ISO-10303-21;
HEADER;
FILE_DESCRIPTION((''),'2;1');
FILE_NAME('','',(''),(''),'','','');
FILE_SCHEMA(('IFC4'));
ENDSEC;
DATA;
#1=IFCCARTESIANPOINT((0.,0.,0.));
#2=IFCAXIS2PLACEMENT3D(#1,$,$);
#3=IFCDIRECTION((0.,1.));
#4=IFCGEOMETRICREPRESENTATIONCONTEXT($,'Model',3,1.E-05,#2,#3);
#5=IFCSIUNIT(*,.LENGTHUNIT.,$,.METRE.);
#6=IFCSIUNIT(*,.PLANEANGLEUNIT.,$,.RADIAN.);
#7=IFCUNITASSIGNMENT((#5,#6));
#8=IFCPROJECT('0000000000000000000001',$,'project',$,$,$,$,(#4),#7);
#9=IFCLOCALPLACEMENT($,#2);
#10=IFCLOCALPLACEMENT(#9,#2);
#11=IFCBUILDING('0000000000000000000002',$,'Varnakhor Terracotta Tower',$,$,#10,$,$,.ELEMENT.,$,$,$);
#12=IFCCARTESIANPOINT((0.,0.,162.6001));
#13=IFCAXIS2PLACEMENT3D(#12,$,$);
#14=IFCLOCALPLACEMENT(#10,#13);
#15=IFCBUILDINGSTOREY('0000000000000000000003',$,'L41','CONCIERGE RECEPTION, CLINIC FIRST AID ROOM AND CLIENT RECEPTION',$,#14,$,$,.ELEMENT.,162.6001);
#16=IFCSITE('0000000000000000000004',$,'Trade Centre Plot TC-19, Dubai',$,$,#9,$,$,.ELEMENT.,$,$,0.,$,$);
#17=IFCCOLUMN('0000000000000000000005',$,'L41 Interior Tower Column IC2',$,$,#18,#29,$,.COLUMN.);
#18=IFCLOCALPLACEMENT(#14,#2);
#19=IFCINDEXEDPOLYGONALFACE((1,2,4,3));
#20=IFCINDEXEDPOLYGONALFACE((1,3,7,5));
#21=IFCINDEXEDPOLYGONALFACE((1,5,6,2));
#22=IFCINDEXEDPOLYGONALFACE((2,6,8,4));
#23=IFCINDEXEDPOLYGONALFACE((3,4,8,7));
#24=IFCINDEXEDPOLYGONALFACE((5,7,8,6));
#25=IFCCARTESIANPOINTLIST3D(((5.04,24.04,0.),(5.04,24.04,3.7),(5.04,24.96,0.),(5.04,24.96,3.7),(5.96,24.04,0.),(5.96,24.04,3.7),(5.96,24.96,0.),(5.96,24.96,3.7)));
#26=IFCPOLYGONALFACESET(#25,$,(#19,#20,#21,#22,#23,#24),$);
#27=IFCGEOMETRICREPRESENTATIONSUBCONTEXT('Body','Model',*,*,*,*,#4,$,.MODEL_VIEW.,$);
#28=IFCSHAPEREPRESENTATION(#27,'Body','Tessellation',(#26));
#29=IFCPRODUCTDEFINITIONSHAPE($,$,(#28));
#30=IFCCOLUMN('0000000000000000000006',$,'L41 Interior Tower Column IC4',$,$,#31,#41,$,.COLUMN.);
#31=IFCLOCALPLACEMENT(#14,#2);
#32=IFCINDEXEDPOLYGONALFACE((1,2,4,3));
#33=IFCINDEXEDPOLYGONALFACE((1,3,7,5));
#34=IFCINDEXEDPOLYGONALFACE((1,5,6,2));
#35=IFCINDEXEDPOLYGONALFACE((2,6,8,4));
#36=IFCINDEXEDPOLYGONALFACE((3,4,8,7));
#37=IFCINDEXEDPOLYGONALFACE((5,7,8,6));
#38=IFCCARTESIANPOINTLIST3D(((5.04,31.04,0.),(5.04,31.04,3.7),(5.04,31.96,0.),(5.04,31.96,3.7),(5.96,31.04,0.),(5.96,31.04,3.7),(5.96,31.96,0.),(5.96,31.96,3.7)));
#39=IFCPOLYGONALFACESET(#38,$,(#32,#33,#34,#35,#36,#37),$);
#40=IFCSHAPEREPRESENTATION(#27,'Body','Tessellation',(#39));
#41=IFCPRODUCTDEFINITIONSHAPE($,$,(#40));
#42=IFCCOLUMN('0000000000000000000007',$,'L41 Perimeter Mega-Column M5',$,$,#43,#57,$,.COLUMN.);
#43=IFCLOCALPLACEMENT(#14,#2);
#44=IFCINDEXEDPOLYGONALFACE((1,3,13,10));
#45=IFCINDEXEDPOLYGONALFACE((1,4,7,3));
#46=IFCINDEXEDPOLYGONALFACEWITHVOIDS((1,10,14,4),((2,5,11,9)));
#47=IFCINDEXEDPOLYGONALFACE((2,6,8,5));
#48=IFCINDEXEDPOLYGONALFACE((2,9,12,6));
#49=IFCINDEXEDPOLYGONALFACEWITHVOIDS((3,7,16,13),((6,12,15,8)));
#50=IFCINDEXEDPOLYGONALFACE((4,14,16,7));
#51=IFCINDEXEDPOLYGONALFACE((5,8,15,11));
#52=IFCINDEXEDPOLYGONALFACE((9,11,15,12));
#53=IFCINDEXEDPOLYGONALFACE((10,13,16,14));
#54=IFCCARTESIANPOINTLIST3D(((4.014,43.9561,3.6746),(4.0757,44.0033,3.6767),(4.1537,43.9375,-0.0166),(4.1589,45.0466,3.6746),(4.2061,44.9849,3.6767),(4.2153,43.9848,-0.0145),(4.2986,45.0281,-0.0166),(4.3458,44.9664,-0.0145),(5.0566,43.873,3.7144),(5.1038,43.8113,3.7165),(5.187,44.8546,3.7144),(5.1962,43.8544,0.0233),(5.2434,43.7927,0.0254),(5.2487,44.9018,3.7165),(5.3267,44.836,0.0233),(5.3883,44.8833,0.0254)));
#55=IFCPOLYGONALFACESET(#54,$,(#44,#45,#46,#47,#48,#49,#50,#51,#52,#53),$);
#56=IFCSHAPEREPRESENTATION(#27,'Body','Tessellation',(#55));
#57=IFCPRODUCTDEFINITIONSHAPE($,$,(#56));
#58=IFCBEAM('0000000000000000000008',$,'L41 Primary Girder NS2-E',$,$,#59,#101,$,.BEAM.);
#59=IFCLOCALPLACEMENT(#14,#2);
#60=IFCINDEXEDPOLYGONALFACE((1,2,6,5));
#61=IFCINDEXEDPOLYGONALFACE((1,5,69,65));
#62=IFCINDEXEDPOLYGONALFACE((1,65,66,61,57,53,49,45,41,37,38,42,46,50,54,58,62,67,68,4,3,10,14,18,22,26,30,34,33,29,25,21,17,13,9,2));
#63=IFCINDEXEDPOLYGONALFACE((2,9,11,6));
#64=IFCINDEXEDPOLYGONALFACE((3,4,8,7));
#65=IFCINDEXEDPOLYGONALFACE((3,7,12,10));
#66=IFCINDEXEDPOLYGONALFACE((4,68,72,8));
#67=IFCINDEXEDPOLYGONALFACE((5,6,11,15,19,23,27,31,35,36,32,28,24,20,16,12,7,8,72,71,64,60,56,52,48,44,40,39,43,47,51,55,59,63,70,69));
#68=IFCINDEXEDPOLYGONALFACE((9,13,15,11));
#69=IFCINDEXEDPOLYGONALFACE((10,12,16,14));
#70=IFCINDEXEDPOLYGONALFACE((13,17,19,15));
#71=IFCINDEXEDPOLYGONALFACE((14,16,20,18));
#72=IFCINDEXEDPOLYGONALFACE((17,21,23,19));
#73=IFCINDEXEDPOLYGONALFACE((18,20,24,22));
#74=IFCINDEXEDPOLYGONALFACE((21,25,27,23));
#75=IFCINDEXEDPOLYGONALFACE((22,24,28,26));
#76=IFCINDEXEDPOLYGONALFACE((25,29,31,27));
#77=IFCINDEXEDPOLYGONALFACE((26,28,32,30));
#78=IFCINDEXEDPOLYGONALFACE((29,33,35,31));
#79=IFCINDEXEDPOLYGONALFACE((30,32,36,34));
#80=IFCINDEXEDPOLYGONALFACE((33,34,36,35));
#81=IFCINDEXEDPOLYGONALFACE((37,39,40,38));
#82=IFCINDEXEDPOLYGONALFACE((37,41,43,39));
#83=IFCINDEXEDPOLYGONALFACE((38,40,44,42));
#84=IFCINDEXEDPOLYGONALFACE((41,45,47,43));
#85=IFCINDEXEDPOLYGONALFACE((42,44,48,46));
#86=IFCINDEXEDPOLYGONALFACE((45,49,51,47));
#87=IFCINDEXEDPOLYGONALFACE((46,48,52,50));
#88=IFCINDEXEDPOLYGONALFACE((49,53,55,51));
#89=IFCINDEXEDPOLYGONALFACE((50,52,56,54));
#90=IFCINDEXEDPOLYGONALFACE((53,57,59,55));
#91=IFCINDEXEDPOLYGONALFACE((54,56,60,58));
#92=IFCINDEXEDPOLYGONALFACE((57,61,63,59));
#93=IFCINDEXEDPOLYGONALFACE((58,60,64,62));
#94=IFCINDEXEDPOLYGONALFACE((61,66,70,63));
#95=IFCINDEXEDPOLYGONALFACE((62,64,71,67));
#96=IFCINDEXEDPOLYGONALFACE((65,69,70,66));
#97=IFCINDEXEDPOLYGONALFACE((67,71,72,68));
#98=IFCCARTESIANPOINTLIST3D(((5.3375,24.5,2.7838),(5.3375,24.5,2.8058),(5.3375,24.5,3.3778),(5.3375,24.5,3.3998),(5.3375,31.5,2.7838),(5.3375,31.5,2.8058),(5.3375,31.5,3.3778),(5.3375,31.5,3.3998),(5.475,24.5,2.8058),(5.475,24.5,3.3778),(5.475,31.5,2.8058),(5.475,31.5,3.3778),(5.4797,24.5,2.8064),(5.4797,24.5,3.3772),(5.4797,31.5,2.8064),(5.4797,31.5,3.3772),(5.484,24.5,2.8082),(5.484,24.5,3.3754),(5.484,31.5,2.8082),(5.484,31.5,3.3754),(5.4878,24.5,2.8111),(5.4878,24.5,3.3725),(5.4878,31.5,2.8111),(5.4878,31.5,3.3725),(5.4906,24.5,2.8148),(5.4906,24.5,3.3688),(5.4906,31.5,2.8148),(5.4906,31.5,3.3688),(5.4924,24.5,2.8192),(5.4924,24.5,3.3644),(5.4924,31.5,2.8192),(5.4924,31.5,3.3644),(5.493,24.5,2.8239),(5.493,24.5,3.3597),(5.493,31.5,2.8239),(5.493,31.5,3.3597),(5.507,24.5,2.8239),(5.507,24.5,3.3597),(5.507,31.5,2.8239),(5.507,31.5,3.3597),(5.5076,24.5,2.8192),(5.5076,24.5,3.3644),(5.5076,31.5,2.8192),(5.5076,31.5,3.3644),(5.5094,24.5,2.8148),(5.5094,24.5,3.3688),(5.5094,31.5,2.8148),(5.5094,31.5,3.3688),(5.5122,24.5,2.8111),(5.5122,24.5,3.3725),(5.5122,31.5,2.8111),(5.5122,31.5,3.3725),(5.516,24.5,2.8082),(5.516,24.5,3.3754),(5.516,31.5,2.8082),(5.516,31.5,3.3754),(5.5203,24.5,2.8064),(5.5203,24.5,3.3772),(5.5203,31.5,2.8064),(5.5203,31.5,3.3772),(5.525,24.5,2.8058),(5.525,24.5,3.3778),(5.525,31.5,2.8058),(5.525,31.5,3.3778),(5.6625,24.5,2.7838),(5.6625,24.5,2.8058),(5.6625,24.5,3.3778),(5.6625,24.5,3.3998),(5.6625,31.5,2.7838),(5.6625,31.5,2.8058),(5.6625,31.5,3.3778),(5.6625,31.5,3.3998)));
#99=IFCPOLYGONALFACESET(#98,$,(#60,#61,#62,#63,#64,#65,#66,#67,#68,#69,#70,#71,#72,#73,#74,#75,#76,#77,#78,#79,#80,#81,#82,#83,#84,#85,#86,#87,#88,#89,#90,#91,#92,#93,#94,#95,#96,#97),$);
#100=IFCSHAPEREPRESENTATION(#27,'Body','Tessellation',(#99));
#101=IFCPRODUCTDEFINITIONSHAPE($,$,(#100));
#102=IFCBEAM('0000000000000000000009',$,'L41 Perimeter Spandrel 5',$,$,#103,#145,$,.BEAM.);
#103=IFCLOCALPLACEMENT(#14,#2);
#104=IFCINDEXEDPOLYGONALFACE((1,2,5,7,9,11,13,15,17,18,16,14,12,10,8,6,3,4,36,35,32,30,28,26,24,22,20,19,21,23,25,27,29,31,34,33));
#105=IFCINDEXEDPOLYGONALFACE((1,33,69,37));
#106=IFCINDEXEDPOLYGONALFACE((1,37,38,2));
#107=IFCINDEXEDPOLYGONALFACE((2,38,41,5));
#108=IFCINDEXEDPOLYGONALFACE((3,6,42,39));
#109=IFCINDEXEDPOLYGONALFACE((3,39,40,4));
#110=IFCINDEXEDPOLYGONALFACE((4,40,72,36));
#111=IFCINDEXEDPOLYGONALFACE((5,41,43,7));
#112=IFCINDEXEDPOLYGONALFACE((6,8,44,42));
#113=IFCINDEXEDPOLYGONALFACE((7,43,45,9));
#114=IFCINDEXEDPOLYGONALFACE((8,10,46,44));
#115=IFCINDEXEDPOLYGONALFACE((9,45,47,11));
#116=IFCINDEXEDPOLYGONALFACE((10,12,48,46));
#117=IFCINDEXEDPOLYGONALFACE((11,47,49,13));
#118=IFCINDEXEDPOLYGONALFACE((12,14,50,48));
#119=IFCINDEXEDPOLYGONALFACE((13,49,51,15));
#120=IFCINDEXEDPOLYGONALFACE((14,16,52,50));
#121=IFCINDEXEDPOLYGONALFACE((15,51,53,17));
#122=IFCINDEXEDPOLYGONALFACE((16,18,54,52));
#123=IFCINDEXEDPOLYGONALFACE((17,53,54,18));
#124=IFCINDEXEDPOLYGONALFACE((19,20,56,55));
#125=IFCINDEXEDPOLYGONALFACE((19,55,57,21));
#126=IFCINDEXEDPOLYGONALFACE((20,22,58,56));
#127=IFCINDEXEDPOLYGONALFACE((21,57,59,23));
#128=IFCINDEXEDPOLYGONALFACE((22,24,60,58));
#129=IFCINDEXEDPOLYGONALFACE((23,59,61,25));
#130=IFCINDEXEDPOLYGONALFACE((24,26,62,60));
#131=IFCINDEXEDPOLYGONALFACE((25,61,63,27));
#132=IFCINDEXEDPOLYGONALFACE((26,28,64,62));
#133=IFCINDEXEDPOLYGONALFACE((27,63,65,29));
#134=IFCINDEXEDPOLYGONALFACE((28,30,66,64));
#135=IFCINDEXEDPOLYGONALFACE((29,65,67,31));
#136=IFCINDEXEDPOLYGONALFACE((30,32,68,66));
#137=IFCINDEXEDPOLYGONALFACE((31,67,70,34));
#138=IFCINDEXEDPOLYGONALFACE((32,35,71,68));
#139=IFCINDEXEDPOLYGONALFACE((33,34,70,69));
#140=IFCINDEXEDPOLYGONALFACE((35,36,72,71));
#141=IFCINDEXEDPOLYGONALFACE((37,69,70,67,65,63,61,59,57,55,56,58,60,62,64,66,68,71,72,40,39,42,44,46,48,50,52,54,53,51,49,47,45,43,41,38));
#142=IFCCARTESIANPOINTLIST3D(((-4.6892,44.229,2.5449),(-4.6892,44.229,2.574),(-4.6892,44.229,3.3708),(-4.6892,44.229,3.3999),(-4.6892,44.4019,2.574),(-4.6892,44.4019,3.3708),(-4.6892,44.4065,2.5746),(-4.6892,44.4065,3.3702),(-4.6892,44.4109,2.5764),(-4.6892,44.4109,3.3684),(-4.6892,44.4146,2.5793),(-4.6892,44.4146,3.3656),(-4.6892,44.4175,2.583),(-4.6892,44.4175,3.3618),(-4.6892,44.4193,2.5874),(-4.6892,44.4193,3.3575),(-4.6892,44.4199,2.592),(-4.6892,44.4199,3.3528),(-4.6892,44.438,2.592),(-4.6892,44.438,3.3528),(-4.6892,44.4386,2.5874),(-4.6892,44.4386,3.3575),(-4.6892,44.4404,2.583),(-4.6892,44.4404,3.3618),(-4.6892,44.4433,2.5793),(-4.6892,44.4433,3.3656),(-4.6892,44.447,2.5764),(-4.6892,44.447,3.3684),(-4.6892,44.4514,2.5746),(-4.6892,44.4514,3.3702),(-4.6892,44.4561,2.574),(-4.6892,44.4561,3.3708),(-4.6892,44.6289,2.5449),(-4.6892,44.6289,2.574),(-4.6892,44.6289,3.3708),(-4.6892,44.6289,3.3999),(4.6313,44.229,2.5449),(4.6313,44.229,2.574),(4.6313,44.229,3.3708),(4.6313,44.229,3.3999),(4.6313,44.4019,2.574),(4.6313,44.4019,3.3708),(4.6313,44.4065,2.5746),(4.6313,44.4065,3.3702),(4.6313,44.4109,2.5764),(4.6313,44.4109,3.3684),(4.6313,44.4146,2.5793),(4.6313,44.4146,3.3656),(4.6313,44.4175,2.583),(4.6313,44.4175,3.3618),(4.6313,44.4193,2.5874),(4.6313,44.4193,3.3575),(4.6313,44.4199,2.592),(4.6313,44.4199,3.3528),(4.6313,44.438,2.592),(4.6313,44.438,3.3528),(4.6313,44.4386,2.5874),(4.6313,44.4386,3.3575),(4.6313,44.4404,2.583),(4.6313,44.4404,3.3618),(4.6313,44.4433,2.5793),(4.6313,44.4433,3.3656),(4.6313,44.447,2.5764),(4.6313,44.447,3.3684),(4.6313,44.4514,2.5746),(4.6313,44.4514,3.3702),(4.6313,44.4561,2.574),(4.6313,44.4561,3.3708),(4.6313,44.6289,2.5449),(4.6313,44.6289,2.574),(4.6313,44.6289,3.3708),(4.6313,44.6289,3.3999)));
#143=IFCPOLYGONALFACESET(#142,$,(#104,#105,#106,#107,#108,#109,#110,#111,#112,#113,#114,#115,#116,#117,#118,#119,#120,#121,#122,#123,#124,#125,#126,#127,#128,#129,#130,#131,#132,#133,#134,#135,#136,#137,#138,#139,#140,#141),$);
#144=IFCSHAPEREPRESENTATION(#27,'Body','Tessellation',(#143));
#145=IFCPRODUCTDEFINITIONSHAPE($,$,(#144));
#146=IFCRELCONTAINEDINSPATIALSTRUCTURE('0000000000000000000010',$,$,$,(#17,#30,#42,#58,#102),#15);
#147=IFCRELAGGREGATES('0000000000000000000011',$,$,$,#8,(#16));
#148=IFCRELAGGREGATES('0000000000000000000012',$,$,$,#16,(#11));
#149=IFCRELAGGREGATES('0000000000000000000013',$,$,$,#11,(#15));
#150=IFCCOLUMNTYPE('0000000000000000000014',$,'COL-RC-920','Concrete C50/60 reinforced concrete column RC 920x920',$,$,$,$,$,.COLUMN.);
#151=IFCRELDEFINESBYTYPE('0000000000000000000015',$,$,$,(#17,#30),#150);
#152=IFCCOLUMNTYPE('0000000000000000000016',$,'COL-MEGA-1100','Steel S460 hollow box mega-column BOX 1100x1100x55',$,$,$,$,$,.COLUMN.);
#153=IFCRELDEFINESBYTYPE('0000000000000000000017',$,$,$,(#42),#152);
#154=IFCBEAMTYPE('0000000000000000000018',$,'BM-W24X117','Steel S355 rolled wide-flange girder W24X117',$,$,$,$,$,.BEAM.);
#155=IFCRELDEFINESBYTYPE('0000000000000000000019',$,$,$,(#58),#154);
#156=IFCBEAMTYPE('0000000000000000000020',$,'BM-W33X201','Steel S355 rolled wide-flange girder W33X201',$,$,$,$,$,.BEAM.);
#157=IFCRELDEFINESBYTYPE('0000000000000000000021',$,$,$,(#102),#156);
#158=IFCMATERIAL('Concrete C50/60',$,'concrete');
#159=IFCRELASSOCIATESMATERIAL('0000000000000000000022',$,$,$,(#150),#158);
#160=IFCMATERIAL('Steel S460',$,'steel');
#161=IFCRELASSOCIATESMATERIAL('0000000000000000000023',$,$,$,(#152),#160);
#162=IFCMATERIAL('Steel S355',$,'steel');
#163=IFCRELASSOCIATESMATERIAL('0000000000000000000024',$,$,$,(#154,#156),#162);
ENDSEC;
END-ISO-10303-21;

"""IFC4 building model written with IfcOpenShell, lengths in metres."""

from ifc_helpers import new_model, si_unit, direction, frame, origin, origin_2d, place, context, subcontext, project, spatial, rectangle, hollow_rectangle, i_section, extrude, source, transform, mapped, material, material_profile, profile_set, type_object, element, save


model = new_model("IFC4")

# Units and contexts
model_context = context("Model", 3, precision=1e-05, world=origin(), true_north=direction((0.0, 1.0)))
body_context = subcontext(model_context, "Body", "Model", "MODEL_VIEW")
ifc_project = project(units=[si_unit("LENGTHUNIT", "METRE"), si_unit("PLANEANGLEUNIT", "RADIAN")], contexts=[model_context])

# Site, building, storey
site_placement = place(None, origin())
site = spatial("IfcSite", under=ifc_project, at=site_placement, Name="Trade Centre Plot TC-19, Dubai", CompositionType="ELEMENT", RefElevation=0.0)
building_placement = place(site_placement, origin())
building = spatial("IfcBuilding", under=site, at=building_placement, Name="Varnakhor Terracotta Tower", CompositionType="ELEMENT")
storey_placement = place(building_placement, frame((0.0, 0.0, 162.6001)))
storey = spatial("IfcBuildingStorey", under=building, at=storey_placement, Name="L41", Description="CONCIERGE RECEPTION, CLINIC FIRST AID ROOM AND CLIENT RECEPTION", CompositionType="ELEMENT", Elevation=162.6001)

# Columns
ifc_material_1 = material(Name="Concrete C50/60", Category="concrete")
ifc_material_profile_1 = material_profile(ifc_material_1, rectangle(XDim=0.9199, YDim=0.9199, at=origin_2d()), Name="RC 920x920")
ifc_profile_set_1 = profile_set([ifc_material_profile_1], Name="Concrete C50/60")
column_type_1 = type_object("IfcColumnType", Name="COL-RC-920", Description="Concrete C50/60 reinforced concrete column RC 920x920", PredefinedType="COLUMN", material=ifc_profile_set_1)
shared_shape_1 = source(origin(), body_context, "Body", "SweptSolid", [
    extrude(rectangle(XDim=0.9199, YDim=0.9199, at=origin_2d()), origin(), (0.0, 0.0, 1.0), 3.7),
])
for number, where, z_axis, x_axis, name in (
    (1, (5.5, 24.5, 0.0), (0.0, 0.0, 1.0), (1.0, 0.0, 0.0), "L41 Interior Tower Column IC2"),
    (2, (5.5, 31.5, 0.0), (0.0, 0.0, 1.0), (1.0, 0.0, 0.0), "L41 Interior Tower Column IC4"),
):
    element("IfcColumn", number, at=place(storey_placement, frame(where, z_axis=z_axis, x_axis=x_axis)), inside=storey, type_object=column_type_1, Name=name, PredefinedType="COLUMN", context=body_context, shape_type="MappedRepresentation", body=[
        mapped(shared_shape_1, transform((0.0, 0.0, 0.0), scale=1.0)),
    ])
ifc_material_2 = material(Name="Steel S460", Category="steel")
ifc_material_profile_2 = material_profile(ifc_material_2, hollow_rectangle(XDim=1.1001, YDim=1.1001, WallThickness=0.0549, at=origin_2d()), Name="BOX 1100x1100x55")
ifc_profile_set_2 = profile_set([ifc_material_profile_2], Name="Steel S460")
column_type_2 = type_object("IfcColumnType", Name="COL-MEGA-1100", Description="Steel S460 hollow box mega-column BOX 1100x1100x55", PredefinedType="COLUMN", material=ifc_profile_set_2)
shared_shape_2 = source(origin(), body_context, "Body", "SweptSolid", [
    extrude(hollow_rectangle(XDim=1.1001, YDim=1.1001, WallThickness=0.0549, at=origin_2d()), origin(), (0.0, 0.0, 1.0), 3.6938),
])
column_placement = place(storey_placement, frame((4.771, 44.4104, 0.0044), z_axis=(-0.037806, 0.005023, 0.999272), x_axis=(-0.13171, -0.991288, 0.0)))
element("IfcColumn", 3, at=column_placement, inside=storey, type_object=column_type_2, Name="L41 Perimeter Mega-Column M5", PredefinedType="COLUMN", context=body_context, shape_type="MappedRepresentation", body=[
    mapped(shared_shape_2, transform((0.0, 0.0, 0.0), scale=1.0)),
])

# Beams
ifc_material_3 = material(Name="Steel S355", Category="steel")
ifc_material_profile_3 = material_profile(ifc_material_3, i_section(OverallWidth=0.325, OverallDepth=0.616, WebThickness=0.0139, FlangeThickness=0.022, FilletRadius=0.0181, at=origin_2d()), Name="W24X117")
ifc_profile_set_3 = profile_set([ifc_material_profile_3], Name="Steel S355")
beam_type_1 = type_object("IfcBeamType", Name="BM-W24X117", Description="Steel S355 rolled wide-flange girder W24X117", PredefinedType="BEAM", material=ifc_profile_set_3)
shared_shape_3 = source(origin(), body_context, "Body", "SweptSolid", [
    extrude(i_section(OverallWidth=0.325, OverallDepth=0.616, WebThickness=0.0139, FlangeThickness=0.022, FilletRadius=0.0181, at=origin_2d()), origin(), (0.0, 0.0, 1.0), 7.0),
])
beam_1_placement = place(storey_placement, frame((5.5, 24.5, 3.0918), z_axis=(0.0, 1.0, 0.0), x_axis=(-1.0, 0.0, 0.0)))
element("IfcBeam", 4, at=beam_1_placement, inside=storey, type_object=beam_type_1, Name="L41 Primary Girder NS2-E", PredefinedType="BEAM", context=body_context, shape_type="MappedRepresentation", body=[
    mapped(shared_shape_3, transform((0.0, 0.0, 0.0), scale=1.0)),
])
ifc_material_profile_4 = material_profile(ifc_material_3, i_section(OverallWidth=0.3999, OverallDepth=0.855, WebThickness=0.0181, FlangeThickness=0.0291, FilletRadius=0.0181, at=origin_2d()), Name="W33X201")
ifc_profile_set_4 = profile_set([ifc_material_profile_4], Name="Steel S355")
beam_type_2 = type_object("IfcBeamType", Name="BM-W33X201", Description="Steel S355 rolled wide-flange girder W33X201", PredefinedType="BEAM", material=ifc_profile_set_4)
shared_shape_4 = source(origin(), body_context, "Body", "SweptSolid", [
    extrude(i_section(OverallWidth=0.3999, OverallDepth=0.855, WebThickness=0.0181, FlangeThickness=0.0291, FilletRadius=0.0181, at=origin_2d()), origin(), (0.0, 0.0, 1.0), 9.3206),
])
beam_2_placement = place(storey_placement, frame((4.6313, 44.429, 2.9724), z_axis=(-1.0, 0.0, 0.0), x_axis=(0.0, -1.0, 0.0)))
element("IfcBeam", 5, at=beam_2_placement, inside=storey, type_object=beam_type_2, Name="L41 Perimeter Spandrel 5", PredefinedType="BEAM", context=body_context, shape_type="MappedRepresentation", body=[
    mapped(shared_shape_4, transform((0.0, 0.0, 0.0), scale=1.0)),
])

save(model, "model.ifc")
